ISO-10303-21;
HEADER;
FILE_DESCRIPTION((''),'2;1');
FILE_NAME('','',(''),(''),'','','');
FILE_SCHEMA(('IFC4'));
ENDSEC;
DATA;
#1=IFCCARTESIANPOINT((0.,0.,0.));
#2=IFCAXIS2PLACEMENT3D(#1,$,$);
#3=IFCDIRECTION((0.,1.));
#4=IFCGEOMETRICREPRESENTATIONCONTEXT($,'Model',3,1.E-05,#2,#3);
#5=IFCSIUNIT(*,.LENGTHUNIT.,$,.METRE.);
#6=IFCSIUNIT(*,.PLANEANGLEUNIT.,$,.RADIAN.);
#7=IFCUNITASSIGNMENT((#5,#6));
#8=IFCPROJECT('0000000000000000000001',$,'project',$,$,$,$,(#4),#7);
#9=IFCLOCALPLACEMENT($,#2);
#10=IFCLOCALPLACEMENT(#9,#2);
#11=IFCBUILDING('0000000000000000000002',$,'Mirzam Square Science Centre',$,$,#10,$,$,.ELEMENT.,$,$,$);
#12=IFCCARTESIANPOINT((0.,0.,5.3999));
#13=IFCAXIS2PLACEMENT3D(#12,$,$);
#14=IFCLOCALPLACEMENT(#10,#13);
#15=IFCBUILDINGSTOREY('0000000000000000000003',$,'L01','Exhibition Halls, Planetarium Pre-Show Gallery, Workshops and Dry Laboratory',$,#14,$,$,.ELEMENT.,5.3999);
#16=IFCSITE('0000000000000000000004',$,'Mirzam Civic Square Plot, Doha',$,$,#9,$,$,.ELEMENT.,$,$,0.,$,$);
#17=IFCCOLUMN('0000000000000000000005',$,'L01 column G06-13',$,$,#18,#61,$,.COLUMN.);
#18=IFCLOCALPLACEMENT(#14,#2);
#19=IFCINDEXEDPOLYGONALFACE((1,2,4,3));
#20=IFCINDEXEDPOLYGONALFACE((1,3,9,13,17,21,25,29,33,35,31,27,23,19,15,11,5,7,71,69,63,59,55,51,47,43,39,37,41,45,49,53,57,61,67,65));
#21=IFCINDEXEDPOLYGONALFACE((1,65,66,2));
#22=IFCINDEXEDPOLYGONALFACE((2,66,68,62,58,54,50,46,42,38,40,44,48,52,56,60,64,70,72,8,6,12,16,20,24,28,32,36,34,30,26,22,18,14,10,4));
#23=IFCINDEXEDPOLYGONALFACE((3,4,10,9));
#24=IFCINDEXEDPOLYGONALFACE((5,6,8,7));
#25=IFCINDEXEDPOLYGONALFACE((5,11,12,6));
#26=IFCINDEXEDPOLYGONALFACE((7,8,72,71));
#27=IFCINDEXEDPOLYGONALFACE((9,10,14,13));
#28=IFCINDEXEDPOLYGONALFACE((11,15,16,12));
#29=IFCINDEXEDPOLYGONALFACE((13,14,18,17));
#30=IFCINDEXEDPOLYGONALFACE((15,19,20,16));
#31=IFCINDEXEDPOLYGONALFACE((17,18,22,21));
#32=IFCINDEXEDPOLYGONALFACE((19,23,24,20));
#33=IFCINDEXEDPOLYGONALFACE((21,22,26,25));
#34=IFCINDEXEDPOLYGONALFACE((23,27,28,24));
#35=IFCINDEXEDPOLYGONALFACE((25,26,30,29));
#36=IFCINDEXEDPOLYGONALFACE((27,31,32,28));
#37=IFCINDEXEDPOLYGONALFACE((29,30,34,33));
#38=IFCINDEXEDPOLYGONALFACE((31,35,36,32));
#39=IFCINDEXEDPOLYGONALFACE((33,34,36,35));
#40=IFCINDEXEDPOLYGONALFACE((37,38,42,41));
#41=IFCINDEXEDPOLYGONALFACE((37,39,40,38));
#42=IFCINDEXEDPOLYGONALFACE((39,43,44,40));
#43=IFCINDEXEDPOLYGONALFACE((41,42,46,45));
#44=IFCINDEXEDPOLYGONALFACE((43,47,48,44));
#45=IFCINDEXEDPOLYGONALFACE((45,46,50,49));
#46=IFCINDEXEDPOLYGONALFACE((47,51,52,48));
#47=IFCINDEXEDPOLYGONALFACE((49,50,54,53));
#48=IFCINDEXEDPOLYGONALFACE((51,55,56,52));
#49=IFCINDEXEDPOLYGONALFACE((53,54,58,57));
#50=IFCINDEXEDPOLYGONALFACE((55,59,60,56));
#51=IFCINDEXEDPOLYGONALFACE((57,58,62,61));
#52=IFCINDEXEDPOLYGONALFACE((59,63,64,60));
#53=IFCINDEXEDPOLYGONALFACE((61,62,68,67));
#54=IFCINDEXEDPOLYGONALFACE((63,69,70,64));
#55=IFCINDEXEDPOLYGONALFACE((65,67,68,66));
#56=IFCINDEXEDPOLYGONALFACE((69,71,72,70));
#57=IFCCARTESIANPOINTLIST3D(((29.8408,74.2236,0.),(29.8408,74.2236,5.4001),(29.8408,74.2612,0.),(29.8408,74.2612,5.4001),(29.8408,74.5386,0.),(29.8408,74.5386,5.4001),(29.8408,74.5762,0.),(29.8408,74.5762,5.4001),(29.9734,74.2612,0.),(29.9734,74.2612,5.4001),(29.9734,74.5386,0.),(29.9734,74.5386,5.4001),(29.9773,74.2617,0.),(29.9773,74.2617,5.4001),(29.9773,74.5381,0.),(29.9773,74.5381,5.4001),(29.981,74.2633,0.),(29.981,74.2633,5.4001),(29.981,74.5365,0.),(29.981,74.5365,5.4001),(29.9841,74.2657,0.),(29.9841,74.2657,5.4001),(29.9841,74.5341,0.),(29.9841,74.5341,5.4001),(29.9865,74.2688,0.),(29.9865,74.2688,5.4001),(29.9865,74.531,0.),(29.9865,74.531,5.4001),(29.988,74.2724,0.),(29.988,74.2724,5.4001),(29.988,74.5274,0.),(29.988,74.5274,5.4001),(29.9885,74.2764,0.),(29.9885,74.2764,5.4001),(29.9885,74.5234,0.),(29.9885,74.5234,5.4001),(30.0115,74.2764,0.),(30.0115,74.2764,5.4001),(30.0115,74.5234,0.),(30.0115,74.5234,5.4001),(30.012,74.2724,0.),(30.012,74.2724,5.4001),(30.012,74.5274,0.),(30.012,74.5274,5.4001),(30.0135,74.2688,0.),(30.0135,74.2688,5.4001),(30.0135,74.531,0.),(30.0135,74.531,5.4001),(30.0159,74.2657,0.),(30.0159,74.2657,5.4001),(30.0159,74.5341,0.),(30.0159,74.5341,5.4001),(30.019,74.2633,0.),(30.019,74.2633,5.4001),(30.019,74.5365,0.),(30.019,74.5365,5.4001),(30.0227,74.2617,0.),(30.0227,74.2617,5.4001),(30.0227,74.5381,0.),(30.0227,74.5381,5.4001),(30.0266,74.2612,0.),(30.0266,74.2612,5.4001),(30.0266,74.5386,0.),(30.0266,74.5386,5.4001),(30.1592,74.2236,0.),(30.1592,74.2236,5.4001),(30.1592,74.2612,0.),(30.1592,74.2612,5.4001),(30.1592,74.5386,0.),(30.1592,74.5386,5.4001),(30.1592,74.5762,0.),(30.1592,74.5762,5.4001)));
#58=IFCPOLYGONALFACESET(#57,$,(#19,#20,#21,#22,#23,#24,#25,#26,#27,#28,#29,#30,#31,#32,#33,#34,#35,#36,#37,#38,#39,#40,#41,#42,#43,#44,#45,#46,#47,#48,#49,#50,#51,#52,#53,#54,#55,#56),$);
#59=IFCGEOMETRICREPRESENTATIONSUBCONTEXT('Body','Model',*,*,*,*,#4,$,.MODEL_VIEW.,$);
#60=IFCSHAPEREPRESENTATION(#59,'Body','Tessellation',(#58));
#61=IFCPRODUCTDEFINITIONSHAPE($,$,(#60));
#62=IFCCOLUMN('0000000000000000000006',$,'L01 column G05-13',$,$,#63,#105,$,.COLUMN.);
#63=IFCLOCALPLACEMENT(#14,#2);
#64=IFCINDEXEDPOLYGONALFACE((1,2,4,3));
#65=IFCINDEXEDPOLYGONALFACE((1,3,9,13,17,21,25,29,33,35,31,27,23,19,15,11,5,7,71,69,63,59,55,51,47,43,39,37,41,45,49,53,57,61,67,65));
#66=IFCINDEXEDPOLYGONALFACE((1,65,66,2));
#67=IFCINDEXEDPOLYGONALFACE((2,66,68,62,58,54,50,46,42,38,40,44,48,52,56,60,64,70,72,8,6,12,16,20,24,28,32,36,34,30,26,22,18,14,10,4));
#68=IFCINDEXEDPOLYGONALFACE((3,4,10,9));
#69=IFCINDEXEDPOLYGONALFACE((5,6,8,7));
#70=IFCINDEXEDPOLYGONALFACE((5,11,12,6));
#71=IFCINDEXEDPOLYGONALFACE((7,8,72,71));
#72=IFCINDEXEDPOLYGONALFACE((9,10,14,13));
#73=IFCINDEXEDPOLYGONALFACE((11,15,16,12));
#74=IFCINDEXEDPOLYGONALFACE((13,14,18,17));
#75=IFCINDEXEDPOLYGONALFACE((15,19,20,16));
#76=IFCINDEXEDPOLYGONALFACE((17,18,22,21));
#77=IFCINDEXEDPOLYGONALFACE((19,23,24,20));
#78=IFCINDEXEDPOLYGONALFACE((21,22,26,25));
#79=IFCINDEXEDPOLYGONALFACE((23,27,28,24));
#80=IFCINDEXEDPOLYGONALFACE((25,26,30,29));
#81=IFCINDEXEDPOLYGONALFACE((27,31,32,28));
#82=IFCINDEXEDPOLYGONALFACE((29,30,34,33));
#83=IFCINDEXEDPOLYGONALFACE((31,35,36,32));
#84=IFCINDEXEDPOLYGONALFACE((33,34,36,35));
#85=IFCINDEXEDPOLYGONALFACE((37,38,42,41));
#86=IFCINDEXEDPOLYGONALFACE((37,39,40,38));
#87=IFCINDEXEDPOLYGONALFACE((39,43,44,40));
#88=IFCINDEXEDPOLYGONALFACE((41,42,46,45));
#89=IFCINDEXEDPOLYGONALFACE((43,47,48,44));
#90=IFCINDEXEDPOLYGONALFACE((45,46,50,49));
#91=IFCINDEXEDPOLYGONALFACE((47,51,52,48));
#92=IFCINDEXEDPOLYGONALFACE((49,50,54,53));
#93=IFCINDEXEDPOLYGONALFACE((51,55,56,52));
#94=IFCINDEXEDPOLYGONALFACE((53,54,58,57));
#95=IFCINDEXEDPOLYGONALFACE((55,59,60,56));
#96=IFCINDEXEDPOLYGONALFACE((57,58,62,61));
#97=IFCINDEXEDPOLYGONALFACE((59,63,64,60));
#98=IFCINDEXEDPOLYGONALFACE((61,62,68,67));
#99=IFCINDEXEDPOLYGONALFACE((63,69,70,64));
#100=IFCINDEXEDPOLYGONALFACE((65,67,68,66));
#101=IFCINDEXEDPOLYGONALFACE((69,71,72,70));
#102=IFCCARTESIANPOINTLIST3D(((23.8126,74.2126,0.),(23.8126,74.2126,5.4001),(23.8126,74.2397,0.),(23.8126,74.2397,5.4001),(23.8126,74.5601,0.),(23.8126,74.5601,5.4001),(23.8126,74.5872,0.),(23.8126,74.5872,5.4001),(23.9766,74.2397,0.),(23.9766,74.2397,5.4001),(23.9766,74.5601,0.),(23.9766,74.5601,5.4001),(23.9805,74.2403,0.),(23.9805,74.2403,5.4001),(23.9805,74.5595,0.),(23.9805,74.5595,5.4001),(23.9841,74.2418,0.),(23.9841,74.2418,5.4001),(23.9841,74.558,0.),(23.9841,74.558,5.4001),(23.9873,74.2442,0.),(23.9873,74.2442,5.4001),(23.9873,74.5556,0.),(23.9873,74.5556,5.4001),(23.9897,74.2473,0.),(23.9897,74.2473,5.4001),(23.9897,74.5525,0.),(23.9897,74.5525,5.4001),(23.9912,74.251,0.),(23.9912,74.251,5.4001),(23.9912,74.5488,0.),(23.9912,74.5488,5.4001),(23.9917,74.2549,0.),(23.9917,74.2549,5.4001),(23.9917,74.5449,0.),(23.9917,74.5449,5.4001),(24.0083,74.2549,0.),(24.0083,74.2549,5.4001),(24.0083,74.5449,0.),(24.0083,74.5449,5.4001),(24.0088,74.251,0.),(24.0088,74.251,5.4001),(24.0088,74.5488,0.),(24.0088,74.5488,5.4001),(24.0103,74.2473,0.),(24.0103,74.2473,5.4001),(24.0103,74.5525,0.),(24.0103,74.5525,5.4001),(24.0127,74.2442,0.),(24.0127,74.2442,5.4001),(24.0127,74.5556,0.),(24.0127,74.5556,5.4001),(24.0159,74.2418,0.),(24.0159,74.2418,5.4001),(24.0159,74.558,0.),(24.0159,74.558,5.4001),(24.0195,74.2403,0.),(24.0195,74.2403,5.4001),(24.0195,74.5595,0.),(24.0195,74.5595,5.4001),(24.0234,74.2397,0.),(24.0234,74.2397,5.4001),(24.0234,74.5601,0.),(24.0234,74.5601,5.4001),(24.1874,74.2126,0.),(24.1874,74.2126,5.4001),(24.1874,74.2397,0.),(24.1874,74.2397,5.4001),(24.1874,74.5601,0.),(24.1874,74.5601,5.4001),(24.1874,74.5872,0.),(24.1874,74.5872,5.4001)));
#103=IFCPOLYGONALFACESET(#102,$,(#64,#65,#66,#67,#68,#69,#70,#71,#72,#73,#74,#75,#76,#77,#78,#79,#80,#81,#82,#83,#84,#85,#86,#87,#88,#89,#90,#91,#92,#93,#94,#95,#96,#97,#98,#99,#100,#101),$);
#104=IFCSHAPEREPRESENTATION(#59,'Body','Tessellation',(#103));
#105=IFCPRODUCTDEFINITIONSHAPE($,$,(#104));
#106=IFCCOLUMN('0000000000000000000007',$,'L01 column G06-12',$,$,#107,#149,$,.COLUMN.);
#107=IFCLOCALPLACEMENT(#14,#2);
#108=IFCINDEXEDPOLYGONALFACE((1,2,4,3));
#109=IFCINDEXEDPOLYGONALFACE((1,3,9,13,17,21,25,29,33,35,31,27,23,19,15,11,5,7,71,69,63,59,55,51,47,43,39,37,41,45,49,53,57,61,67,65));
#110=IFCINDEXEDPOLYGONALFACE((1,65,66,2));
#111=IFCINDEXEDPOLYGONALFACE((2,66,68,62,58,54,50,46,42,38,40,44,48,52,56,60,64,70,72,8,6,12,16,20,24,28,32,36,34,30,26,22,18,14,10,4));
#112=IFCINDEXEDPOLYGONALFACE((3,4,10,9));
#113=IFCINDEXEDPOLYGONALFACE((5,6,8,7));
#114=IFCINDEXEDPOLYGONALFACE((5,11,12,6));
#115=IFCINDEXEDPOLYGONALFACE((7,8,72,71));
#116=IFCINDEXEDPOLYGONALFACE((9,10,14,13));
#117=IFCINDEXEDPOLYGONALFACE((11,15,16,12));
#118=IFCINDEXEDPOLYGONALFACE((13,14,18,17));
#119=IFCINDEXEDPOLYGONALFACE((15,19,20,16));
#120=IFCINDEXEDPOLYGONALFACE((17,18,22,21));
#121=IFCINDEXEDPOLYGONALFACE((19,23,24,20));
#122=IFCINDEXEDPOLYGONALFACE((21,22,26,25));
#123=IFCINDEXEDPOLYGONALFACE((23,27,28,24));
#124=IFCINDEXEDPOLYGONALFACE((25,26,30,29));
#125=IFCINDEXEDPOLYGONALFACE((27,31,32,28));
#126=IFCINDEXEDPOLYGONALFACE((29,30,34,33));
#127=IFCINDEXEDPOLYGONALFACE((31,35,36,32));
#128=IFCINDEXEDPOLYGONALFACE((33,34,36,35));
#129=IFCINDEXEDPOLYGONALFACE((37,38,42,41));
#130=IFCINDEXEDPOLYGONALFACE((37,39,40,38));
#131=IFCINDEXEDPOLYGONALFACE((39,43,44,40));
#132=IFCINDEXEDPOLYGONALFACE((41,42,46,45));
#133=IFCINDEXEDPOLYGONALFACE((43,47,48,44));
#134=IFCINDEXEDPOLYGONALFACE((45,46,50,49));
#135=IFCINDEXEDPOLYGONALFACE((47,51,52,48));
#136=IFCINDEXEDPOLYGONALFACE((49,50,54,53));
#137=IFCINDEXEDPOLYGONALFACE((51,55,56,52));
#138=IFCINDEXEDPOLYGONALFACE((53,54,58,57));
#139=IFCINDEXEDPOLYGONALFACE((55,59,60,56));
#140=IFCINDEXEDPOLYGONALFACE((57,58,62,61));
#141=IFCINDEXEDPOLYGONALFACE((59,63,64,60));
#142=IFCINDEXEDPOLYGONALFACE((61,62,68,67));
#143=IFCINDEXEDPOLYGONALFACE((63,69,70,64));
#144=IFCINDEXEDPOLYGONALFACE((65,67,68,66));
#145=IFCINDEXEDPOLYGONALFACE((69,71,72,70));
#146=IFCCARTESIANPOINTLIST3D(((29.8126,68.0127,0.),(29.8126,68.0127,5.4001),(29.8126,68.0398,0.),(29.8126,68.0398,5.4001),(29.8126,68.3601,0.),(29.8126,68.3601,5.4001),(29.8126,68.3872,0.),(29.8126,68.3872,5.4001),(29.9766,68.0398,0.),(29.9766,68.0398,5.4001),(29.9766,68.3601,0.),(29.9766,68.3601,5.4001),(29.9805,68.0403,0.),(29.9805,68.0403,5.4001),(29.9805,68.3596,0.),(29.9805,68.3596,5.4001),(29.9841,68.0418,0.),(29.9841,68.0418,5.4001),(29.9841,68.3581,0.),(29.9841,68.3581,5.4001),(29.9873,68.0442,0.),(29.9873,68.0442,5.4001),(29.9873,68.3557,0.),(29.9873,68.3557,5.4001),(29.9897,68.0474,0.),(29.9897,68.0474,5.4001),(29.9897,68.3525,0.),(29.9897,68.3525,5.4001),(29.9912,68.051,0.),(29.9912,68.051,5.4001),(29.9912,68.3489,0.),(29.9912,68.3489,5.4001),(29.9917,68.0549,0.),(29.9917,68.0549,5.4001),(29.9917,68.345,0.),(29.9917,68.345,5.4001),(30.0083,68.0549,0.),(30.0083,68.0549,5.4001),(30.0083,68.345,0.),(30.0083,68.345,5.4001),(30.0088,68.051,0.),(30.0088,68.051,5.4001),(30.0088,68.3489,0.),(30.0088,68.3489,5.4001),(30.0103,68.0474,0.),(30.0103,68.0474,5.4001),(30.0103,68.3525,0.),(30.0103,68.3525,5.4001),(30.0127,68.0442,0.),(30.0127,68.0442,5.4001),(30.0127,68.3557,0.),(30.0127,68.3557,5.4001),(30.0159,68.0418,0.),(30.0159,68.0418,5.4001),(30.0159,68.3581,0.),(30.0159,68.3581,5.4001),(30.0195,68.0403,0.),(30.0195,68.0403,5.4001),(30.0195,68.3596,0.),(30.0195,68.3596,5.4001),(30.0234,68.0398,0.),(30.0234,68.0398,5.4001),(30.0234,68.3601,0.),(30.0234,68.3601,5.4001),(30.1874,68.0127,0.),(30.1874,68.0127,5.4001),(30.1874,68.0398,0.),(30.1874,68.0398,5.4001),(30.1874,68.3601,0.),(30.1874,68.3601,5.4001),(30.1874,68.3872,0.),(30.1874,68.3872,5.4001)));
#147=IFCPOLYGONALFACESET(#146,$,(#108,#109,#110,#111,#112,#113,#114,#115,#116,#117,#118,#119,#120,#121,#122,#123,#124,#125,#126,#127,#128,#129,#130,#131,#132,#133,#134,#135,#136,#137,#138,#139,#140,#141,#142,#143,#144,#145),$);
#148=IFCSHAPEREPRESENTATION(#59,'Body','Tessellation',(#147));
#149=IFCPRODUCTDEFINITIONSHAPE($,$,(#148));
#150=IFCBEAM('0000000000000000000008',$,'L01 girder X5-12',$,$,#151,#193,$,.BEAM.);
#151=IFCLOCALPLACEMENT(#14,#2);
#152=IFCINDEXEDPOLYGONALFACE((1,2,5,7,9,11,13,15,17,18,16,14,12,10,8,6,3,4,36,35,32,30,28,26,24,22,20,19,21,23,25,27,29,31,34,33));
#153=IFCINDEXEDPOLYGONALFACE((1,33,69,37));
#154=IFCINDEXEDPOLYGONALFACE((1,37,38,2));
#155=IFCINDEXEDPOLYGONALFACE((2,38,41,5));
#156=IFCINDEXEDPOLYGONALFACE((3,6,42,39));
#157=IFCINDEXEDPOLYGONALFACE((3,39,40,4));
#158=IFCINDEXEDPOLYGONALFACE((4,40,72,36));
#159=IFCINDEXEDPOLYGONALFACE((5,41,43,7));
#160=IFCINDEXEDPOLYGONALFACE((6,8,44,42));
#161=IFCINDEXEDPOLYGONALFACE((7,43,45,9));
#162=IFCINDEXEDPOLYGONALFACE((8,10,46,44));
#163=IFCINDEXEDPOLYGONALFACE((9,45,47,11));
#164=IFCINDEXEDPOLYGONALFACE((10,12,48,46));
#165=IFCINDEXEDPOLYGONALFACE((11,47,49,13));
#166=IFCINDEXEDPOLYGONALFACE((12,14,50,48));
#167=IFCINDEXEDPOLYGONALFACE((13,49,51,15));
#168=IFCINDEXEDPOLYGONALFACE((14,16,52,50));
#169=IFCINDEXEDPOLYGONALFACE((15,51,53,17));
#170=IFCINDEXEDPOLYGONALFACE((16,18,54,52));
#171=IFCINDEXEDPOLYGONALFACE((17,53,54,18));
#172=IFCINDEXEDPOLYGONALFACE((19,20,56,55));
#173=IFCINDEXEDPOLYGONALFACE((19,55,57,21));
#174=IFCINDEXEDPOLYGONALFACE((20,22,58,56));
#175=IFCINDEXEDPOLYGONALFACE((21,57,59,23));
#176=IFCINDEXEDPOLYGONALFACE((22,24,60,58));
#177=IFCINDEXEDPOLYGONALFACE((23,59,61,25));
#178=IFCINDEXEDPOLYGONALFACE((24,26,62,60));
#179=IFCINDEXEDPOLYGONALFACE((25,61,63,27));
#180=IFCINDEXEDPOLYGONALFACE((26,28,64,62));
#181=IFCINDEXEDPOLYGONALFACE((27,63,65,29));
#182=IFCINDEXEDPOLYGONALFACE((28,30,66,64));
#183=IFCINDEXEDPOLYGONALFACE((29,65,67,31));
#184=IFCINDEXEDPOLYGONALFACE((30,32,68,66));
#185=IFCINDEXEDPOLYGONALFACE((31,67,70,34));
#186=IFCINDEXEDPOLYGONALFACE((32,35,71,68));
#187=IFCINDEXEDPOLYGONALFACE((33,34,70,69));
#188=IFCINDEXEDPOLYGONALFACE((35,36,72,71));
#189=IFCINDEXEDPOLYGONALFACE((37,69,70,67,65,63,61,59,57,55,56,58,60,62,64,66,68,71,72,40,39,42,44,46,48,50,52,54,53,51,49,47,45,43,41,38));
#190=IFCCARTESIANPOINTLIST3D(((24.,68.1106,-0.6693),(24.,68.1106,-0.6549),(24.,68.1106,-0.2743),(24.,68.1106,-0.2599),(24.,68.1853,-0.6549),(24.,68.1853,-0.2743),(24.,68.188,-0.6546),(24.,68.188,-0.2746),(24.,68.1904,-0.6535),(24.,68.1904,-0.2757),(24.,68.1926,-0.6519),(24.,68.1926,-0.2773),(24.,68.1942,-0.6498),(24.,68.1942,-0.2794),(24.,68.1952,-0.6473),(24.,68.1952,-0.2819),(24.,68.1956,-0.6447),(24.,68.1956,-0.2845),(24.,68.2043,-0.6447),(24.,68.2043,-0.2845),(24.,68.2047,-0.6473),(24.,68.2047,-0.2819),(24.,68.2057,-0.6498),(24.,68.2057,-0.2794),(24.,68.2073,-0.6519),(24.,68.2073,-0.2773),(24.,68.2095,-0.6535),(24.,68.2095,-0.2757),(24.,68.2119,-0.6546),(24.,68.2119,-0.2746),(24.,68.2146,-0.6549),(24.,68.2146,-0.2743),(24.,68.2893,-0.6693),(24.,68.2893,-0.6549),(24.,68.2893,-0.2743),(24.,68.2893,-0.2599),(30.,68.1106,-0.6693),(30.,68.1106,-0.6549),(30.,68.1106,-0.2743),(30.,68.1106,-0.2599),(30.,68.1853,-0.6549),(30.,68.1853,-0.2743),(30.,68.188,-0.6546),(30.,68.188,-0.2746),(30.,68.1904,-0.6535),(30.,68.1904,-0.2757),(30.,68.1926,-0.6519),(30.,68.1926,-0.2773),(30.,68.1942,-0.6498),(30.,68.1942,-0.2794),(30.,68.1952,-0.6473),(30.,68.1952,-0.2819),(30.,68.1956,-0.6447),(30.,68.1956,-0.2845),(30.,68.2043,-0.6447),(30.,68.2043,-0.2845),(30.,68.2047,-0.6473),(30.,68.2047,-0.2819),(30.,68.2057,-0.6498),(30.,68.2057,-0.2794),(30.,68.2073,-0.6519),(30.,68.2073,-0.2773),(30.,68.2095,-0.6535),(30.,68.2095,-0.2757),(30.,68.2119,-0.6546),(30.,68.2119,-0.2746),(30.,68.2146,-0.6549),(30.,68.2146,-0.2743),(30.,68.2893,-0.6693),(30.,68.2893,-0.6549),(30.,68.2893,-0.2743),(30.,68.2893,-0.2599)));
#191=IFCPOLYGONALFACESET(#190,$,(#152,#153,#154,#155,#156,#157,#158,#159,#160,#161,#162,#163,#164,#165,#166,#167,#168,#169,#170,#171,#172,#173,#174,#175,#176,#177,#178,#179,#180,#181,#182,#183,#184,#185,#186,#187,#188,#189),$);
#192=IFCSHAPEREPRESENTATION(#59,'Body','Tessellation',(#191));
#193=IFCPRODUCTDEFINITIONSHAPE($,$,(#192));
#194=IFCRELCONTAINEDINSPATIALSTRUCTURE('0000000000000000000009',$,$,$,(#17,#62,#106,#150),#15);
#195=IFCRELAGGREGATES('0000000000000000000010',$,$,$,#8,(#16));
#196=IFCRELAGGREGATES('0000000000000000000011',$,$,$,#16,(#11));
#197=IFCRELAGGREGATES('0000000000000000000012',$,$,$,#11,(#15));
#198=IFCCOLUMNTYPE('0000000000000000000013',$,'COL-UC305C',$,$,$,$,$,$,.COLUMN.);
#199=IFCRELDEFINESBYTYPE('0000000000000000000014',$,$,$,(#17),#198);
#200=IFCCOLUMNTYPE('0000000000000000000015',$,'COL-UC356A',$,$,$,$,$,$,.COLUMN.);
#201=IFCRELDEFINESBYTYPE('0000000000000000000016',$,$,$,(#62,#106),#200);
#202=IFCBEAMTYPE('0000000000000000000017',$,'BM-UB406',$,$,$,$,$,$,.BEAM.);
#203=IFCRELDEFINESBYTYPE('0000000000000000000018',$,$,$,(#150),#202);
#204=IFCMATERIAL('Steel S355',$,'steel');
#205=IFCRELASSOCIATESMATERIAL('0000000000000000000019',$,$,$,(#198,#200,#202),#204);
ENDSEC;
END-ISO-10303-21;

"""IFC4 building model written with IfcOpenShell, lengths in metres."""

from ifc_helpers import new_model, si_unit, direction, frame, origin, origin_2d, place, context, subcontext, project, spatial, i_section, extrude, material, material_profile, profile_set, type_object, element, save


model = new_model("IFC4")

# Units and contexts
model_context = context("Model", 3, precision=1e-05, world=origin(), true_north=direction((0.0, 1.0)))
body_context = subcontext(model_context, "Body", "Model", "MODEL_VIEW")
ifc_project = project(units=[si_unit("LENGTHUNIT", "METRE"), si_unit("PLANEANGLEUNIT", "RADIAN")], contexts=[model_context])

# Site, building, storey
site_placement = place(None, origin())
site = spatial("IfcSite", under=ifc_project, at=site_placement, Name="Mirzam Civic Square Plot, Doha", CompositionType="ELEMENT", RefElevation=0.0)
building_placement = place(site_placement, origin())
building = spatial("IfcBuilding", under=site, at=building_placement, Name="Mirzam Square Science Centre", CompositionType="ELEMENT")
storey_placement = place(building_placement, frame((0.0, 0.0, 5.3999)))
storey = spatial("IfcBuildingStorey", under=building, at=storey_placement, Name="L01", Description="Exhibition Halls, Planetarium Pre-Show Gallery, Workshops and Dry Laboratory", CompositionType="ELEMENT", Elevation=5.3999)

# Columns
ifc_material_1 = material(Name="Steel S355", Category="steel")
ifc_material_profile_1 = material_profile(ifc_material_1, i_section(OverallWidth=0.3184, OverallDepth=0.3525, WebThickness=0.0229, FlangeThickness=0.0376, FilletRadius=0.0151, at=origin_2d()), Name="305x305x240UC")
ifc_profile_set_1 = profile_set([ifc_material_profile_1], Name="Steel S355")
column_type_1 = type_object("IfcColumnType", Name="COL-UC305C", PredefinedType="COLUMN", material=ifc_profile_set_1)
column_1_placement = place(storey_placement, frame((30.0, 74.3999, 0.0), z_axis=(0.0, 0.0, 1.0), x_axis=(1.0, 0.0, 0.0)))
element("IfcColumn", 1, at=column_1_placement, inside=storey, type_object=column_type_1, Name="L01 column G06-13", PredefinedType="COLUMN", context=body_context, shape_type="SweptSolid", body=[
    extrude(i_section(OverallWidth=0.3184, OverallDepth=0.3525, WebThickness=0.0229, FlangeThickness=0.0376, FilletRadius=0.0151, at=origin_2d()), origin(), (0.0, 0.0, 1.0), 5.4001),
])
ifc_material_profile_2 = material_profile(ifc_material_1, i_section(OverallWidth=0.3748, OverallDepth=0.3745, WebThickness=0.0166, FlangeThickness=0.0271, FilletRadius=0.0151, at=origin_2d()), Name="356x368x202UC")
ifc_profile_set_2 = profile_set([ifc_material_profile_2], Name="Steel S355")
column_type_2 = type_object("IfcColumnType", Name="COL-UC356A", PredefinedType="COLUMN", material=ifc_profile_set_2)
for number, where, z_axis, x_axis, name in (
    (2, (24.0, 74.3999, 0.0), (0.0, 0.0, 1.0), (1.0, 0.0, 0.0), "L01 column G05-13"),
    (3, (30.0, 68.2, 0.0), (0.0, 0.0, 1.0), (1.0, 0.0, 0.0), "L01 column G06-12"),
):
    element("IfcColumn", number, at=place(storey_placement, frame(where, z_axis=z_axis, x_axis=x_axis)), inside=storey, type_object=column_type_2, Name=name, PredefinedType="COLUMN", context=body_context, shape_type="SweptSolid", body=[
        extrude(i_section(OverallWidth=0.3748, OverallDepth=0.3745, WebThickness=0.0166, FlangeThickness=0.0271, FilletRadius=0.0151, at=origin_2d()), origin(), (0.0, 0.0, 1.0), 5.4001),
    ])

# Beam
ifc_material_profile_3 = material_profile(ifc_material_1, i_section(OverallWidth=0.1787, OverallDepth=0.4094, WebThickness=0.0088, FlangeThickness=0.0144, FilletRadius=0.0103, at=origin_2d()), Name="406x178x67UB")
ifc_profile_set_3 = profile_set([ifc_material_profile_3], Name="Steel S355")
beam_type_1 = type_object("IfcBeamType", Name="BM-UB406", PredefinedType="BEAM", material=ifc_profile_set_3)
for number, where, z_axis, x_axis, name in (
    (4, (24.0, 68.2, -0.4646), (1.0, 0.0, 0.0), (0.0, 1.0, 0.0), "L01 girder X5-12"),
):
    element("IfcBeam", number, at=place(storey_placement, frame(where, z_axis=z_axis, x_axis=x_axis)), inside=storey, type_object=beam_type_1, Name=name, PredefinedType="BEAM", context=body_context, shape_type="SweptSolid", body=[
        extrude(i_section(OverallWidth=0.1787, OverallDepth=0.4094, WebThickness=0.0088, FlangeThickness=0.0144, FilletRadius=0.0103, at=origin_2d()), origin(), (0.0, 0.0, 1.0), 6.0),
    ])

save(model, "model.ifc")
